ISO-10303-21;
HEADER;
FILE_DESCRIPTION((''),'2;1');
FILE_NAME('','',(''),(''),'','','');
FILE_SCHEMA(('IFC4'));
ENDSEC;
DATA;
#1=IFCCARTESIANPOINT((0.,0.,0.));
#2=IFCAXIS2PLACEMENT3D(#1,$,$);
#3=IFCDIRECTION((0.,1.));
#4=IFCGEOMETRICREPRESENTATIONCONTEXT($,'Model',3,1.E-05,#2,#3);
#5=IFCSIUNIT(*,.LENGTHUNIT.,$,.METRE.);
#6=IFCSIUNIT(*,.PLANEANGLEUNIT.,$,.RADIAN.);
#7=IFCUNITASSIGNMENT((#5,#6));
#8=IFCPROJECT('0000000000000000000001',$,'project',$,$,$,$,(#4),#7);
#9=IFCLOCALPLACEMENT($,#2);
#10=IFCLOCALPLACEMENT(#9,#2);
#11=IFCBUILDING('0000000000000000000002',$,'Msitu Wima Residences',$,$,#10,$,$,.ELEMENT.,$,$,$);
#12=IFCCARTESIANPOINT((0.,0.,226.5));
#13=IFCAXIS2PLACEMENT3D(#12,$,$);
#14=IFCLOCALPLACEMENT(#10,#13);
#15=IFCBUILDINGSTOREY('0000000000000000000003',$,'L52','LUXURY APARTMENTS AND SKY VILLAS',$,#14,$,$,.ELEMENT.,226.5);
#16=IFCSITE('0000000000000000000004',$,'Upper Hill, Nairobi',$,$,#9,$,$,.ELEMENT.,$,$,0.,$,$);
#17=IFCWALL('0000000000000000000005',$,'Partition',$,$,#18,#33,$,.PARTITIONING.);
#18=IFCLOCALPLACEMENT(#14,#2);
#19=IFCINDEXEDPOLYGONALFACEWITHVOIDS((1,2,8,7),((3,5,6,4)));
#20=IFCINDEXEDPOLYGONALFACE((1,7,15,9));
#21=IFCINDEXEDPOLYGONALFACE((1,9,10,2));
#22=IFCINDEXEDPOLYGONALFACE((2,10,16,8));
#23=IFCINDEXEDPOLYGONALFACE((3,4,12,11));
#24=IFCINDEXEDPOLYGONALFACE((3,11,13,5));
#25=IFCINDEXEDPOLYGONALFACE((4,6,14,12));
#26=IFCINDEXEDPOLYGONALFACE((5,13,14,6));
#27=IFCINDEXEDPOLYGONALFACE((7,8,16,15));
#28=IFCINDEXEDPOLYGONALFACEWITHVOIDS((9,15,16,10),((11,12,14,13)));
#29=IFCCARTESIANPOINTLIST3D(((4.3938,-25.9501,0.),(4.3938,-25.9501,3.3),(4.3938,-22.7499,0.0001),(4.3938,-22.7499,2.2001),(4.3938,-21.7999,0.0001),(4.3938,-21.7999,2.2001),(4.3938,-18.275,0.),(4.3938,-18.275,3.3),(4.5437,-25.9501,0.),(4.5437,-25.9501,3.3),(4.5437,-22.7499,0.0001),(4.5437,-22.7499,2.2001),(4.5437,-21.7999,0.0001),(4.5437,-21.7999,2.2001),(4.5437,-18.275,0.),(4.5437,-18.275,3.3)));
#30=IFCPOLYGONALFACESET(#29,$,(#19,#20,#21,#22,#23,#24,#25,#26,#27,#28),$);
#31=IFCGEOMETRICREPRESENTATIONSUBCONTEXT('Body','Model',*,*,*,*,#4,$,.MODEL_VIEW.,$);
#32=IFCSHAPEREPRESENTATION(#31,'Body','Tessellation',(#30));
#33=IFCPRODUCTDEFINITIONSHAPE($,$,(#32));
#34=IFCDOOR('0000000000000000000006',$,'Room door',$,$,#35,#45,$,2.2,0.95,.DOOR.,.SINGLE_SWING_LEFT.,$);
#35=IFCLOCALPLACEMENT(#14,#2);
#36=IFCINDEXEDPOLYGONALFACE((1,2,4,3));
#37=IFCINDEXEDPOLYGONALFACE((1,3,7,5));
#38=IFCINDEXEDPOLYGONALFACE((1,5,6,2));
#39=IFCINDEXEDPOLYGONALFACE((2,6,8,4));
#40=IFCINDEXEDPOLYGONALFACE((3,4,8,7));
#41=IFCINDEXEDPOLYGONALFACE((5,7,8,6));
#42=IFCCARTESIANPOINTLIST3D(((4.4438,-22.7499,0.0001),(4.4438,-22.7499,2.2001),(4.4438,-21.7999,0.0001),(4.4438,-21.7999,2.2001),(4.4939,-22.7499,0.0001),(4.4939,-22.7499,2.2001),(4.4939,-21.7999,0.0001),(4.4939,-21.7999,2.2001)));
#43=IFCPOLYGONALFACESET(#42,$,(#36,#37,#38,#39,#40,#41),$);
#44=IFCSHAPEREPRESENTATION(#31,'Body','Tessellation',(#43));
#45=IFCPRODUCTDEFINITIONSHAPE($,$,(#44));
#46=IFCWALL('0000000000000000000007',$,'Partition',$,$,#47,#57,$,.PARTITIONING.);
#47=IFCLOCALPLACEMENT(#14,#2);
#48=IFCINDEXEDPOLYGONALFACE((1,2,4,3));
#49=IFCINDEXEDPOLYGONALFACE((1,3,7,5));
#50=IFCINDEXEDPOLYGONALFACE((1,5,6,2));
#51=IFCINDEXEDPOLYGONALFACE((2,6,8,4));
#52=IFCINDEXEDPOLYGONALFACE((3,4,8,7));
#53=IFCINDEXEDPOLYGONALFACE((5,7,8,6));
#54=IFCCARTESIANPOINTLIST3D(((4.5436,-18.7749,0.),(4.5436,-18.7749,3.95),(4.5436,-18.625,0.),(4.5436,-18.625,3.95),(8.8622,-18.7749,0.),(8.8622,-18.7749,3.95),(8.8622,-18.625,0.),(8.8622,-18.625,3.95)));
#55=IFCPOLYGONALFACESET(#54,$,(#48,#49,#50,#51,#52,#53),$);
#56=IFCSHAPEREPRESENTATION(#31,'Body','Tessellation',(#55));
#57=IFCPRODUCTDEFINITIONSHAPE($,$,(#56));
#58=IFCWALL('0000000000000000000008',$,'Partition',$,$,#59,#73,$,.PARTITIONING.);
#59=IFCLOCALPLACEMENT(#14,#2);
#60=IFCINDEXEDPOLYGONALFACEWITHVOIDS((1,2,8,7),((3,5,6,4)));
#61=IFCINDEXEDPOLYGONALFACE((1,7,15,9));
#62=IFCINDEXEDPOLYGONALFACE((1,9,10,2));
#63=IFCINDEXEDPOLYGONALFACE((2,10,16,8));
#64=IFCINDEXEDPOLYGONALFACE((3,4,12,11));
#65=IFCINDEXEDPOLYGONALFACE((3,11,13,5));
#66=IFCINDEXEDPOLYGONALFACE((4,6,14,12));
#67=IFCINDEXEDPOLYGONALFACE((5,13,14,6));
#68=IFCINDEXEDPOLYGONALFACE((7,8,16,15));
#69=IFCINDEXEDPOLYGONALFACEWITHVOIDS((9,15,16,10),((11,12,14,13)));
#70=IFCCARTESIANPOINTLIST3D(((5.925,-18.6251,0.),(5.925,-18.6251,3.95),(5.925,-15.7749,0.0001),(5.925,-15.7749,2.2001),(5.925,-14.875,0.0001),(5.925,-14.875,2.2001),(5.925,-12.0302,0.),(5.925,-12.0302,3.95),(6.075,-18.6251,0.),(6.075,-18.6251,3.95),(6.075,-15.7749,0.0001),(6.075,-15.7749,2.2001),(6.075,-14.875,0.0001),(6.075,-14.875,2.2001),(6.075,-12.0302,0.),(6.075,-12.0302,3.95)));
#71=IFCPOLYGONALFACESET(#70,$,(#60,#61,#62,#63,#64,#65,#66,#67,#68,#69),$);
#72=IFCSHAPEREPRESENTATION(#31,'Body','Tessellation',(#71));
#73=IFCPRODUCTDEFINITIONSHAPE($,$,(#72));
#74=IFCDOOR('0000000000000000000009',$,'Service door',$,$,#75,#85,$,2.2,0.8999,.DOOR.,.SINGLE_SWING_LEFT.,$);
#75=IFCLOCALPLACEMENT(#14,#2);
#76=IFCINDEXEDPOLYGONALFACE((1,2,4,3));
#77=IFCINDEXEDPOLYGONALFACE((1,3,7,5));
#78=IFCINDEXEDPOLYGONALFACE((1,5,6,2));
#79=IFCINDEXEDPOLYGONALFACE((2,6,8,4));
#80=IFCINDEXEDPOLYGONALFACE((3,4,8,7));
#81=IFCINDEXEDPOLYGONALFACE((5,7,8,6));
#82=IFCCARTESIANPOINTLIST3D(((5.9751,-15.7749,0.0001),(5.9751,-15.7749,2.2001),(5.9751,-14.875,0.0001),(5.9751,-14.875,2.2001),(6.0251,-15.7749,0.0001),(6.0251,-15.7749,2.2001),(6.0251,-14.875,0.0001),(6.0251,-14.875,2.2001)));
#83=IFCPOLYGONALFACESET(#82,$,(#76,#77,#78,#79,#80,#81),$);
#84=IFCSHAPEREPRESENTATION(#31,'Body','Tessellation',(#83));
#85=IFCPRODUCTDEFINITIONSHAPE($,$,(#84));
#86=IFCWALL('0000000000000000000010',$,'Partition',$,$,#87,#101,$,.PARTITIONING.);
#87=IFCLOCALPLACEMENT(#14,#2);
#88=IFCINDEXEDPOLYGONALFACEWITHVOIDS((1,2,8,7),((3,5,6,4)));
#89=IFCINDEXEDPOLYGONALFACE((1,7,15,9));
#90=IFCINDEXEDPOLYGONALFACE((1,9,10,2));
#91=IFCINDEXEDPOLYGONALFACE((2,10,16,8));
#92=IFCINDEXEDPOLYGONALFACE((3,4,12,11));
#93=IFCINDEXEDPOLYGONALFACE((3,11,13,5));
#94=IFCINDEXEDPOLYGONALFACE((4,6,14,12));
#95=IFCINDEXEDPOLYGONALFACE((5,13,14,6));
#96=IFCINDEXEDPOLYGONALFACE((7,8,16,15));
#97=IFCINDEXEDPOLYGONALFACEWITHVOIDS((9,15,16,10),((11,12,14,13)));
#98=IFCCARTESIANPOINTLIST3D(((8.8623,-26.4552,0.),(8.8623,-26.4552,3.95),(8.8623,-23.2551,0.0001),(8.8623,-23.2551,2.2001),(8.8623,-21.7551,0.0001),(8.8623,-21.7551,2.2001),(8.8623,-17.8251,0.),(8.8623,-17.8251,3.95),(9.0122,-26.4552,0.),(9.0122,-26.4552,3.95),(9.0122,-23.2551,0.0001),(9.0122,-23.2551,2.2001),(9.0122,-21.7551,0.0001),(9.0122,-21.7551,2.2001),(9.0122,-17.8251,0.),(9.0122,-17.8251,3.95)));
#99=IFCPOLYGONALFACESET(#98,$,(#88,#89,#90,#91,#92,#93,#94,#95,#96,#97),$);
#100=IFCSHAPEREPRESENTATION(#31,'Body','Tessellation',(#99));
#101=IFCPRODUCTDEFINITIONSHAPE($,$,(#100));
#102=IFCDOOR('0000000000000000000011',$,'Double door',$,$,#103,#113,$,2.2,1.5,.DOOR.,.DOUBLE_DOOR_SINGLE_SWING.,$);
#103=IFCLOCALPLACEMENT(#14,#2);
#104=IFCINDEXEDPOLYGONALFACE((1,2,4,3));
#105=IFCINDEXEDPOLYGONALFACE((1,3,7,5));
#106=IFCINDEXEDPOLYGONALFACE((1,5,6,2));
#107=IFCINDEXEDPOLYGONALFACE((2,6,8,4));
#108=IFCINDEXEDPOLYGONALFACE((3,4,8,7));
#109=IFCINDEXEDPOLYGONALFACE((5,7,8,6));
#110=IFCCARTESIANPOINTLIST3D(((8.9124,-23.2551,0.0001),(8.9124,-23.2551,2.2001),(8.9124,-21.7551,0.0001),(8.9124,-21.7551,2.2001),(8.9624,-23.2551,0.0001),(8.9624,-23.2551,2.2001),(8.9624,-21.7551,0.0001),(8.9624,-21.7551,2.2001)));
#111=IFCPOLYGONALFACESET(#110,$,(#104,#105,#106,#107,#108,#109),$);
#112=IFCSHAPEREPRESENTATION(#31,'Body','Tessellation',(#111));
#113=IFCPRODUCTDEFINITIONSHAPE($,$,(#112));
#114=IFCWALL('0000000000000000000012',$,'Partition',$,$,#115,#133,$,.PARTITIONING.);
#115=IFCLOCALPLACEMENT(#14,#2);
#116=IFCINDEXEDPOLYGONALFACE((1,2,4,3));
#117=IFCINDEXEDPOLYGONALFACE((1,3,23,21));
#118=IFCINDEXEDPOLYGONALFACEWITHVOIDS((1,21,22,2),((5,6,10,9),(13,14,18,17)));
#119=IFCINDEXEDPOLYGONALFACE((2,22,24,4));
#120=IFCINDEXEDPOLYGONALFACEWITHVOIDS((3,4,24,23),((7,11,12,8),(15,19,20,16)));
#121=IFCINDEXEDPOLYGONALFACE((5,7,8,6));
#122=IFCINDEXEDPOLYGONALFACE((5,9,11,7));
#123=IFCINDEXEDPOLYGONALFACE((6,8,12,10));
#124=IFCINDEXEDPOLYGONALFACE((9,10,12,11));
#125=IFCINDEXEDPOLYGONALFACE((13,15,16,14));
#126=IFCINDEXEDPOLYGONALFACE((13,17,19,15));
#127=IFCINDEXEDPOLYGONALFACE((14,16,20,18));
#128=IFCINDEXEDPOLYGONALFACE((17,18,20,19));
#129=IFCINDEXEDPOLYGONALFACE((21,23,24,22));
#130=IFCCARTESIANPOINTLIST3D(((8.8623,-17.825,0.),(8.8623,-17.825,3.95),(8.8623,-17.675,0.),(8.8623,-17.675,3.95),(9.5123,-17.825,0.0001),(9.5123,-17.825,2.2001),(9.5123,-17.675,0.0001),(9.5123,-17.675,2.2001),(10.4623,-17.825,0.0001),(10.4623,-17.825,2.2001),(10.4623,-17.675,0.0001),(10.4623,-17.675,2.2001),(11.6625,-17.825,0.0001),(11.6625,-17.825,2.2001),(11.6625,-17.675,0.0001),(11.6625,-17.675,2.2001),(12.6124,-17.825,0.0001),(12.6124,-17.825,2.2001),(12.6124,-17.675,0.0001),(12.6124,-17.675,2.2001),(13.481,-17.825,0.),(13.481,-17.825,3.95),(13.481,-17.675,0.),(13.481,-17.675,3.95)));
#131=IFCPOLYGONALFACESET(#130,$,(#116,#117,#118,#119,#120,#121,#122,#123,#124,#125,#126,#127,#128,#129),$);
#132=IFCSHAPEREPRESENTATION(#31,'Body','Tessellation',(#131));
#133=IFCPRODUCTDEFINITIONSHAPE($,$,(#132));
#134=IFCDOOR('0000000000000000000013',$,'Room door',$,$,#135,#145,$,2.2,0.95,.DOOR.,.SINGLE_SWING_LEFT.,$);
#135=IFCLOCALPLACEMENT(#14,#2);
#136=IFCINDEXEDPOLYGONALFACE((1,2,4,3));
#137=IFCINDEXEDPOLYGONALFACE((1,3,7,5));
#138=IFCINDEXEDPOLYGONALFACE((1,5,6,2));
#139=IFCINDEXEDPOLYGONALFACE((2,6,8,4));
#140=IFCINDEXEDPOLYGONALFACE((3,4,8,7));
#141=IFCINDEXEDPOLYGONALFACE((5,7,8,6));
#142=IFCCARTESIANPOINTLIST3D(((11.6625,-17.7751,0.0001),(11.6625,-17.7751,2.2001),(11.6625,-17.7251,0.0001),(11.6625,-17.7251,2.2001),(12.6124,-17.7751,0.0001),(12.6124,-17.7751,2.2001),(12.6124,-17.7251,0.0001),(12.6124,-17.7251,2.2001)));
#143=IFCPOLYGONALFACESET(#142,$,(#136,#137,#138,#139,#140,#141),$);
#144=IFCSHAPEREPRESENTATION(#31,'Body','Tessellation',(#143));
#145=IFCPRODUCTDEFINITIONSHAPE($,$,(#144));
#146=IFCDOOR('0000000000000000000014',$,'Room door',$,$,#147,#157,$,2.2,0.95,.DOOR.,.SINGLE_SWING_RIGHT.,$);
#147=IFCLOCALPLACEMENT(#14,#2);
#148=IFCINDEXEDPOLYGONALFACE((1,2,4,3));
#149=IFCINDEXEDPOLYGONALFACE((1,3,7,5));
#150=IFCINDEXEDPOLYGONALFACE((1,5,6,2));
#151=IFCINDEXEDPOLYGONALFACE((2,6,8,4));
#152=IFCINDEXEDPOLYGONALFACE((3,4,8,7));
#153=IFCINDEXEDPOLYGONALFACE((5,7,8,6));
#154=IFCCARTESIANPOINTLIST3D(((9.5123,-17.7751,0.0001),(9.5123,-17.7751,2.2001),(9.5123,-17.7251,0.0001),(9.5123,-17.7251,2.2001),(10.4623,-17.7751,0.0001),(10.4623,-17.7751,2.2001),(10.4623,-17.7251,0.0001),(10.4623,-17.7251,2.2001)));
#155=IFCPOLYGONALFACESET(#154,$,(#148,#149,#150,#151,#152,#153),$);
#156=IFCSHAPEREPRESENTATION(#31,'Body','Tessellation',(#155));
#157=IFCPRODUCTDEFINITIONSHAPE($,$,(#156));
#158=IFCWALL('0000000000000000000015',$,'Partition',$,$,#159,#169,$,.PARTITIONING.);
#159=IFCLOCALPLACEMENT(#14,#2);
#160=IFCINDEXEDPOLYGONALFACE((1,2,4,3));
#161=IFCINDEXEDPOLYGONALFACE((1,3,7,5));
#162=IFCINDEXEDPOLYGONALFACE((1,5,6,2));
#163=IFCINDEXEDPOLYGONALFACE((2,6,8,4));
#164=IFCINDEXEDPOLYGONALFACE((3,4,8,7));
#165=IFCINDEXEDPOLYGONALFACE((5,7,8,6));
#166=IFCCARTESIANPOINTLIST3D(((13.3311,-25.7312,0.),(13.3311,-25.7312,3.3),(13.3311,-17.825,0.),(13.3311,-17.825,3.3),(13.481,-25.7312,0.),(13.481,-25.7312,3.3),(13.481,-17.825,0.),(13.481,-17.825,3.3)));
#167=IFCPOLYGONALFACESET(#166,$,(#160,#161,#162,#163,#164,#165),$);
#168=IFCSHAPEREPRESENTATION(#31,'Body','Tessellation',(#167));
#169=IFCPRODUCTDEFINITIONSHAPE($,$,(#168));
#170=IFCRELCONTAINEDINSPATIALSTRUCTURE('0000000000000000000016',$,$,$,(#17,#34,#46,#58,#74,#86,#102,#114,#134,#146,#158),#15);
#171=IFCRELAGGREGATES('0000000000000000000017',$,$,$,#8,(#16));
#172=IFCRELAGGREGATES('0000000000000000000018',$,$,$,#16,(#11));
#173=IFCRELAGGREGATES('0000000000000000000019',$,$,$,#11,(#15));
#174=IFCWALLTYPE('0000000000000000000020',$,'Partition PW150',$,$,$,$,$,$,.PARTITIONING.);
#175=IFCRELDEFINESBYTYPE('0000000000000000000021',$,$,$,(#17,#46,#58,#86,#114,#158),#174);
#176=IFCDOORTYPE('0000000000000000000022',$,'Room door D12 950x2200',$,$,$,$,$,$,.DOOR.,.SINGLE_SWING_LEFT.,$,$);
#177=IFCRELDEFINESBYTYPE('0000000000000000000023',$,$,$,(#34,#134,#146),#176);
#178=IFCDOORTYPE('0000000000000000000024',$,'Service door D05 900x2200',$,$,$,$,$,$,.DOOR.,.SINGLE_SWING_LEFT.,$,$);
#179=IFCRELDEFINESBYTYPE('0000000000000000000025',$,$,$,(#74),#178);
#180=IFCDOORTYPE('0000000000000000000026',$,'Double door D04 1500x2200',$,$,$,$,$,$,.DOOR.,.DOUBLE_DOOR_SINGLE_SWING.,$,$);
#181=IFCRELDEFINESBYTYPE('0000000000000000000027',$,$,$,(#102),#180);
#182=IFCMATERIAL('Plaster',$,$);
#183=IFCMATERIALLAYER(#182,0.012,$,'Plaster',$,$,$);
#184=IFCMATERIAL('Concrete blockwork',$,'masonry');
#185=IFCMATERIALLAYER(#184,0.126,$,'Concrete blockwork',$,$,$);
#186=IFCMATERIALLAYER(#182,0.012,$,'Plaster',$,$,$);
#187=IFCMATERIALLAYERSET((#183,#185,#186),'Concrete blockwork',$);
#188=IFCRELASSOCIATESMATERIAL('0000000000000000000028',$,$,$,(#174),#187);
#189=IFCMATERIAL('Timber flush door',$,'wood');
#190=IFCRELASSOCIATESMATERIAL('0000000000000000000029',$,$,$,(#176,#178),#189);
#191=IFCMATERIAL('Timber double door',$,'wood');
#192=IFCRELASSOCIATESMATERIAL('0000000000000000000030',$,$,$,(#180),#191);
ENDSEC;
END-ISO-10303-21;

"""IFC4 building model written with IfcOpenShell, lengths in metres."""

from ifc_helpers import new_model, si_unit, direction, frame, frame_2d, origin, place, context, subcontext, project, spatial, rectangle, extrude, material, layer, layer_set, type_object, element, fill, save


model = new_model("IFC4")

# Units and contexts
model_context = context("Model", 3, precision=1e-05, world=origin(), true_north=direction((0.0, 1.0)))
body_context = subcontext(model_context, "Body", "Model", "MODEL_VIEW")
ifc_project = project(units=[si_unit("LENGTHUNIT", "METRE"), si_unit("PLANEANGLEUNIT", "RADIAN")], contexts=[model_context])

# Site, building, storey
site_placement = place(None, origin())
site = spatial("IfcSite", under=ifc_project, at=site_placement, Name="Upper Hill, Nairobi", CompositionType="ELEMENT", RefElevation=0.0)
building_placement = place(site_placement, origin())
building = spatial("IfcBuilding", under=site, at=building_placement, Name="Msitu Wima Residences", CompositionType="ELEMENT")
storey_placement = place(building_placement, frame((0.0, 0.0, 226.5)))
storey = spatial("IfcBuildingStorey", under=building, at=storey_placement, Name="L52", Description="LUXURY APARTMENTS AND SKY VILLAS", CompositionType="ELEMENT", Elevation=226.5)

# Shared definitions
ifc_material_1 = material(Name="Plaster")
ifc_layer_1 = layer(ifc_material_1, 0.012, Name="Plaster")
ifc_material_2 = material(Name="Concrete blockwork", Category="masonry")
ifc_layer_2 = layer(ifc_material_2, 0.126, Name="Concrete blockwork")
ifc_layer_3 = layer(ifc_material_1, 0.012, Name="Plaster")
ifc_layer_set_1 = layer_set([ifc_layer_1, ifc_layer_2, ifc_layer_3], Name="Concrete blockwork")
wall_type_1 = type_object("IfcWallType", Name="Partition PW150", PredefinedType="PARTITIONING", material=ifc_layer_set_1)

# Wall, opening, door
wall_1_placement = place(storey_placement, frame((4.4688, -25.95, 0.0), z_axis=(0.0, 0.0, 1.0), x_axis=(0.0, 1.0, 0.0)))
wall_1 = element("IfcWall", 1, at=wall_1_placement, inside=storey, type_object=wall_type_1, Name="Partition", PredefinedType="PARTITIONING", context=body_context, shape_type="SweptSolid", body=[
    extrude(rectangle(XDim=7.675, YDim=0.1499, at=frame_2d((3.8374, 0.0))), origin(), (0.0, 0.0, 1.0), 3.3),
])
opening_1_placement = place(wall_1_placement, frame((3.2, 0.0, 0.0)))
opening_1 = element("IfcOpeningElement", 2, at=opening_1_placement, cuts=wall_1, PredefinedType="OPENING", context=body_context, shape_type="SweptSolid", body=[
    extrude(rectangle(XDim=0.95, YDim=2.2, at=frame_2d((0.4751, 1.1001))), frame((0.0, 0.085, 0.0), z_axis=(0.0, -1.0, 0.0), x_axis=(1.0, 0.0, 0.0)), (0.0, 0.0, 1.0), 0.1699),
])
ifc_material_3 = material(Name="Timber flush door", Category="wood")
door_type_1 = type_object("IfcDoorType", Name="Room door D12 950x2200", OperationType="SINGLE_SWING_LEFT", PredefinedType="DOOR", material=ifc_material_3)
door_1_placement = place(opening_1_placement, origin())
door_1 = element("IfcDoor", 3, at=door_1_placement, inside=storey, type_object=door_type_1, Name="Room door", OperationType="SINGLE_SWING_LEFT", OverallHeight=2.2, OverallWidth=0.95, PredefinedType="DOOR", context=body_context, shape_type="SweptSolid", body=[
    extrude(rectangle(XDim=0.95, YDim=2.2, at=frame_2d((0.4751, 1.1001))), frame((0.0, 0.0249, 0.0), z_axis=(0.0, -1.0, 0.0), x_axis=(1.0, 0.0, 0.0)), (0.0, 0.0, 1.0), 0.05),
])
fill(opening_1, door_1)

# Wall
wall_2_placement = place(storey_placement, frame((4.5437, -18.7, 0.0), z_axis=(0.0, 0.0, 1.0), x_axis=(1.0, 0.0, 0.0)))
element("IfcWall", 4, at=wall_2_placement, inside=storey, type_object=wall_type_1, Name="Partition", PredefinedType="PARTITIONING", context=body_context, shape_type="SweptSolid", body=[
    extrude(rectangle(XDim=4.3186, YDim=0.1499, at=frame_2d((2.1592, 0.0))), origin(), (0.0, 0.0, 1.0), 3.95),
])

# Walls, openings, doors
wall_3_placement = place(storey_placement, frame((6.0, -18.625, 0.0), z_axis=(0.0, 0.0, 1.0), x_axis=(0.0, 1.0, 0.0)))
wall_3 = element("IfcWall", 5, at=wall_3_placement, inside=storey, type_object=wall_type_1, Name="Partition", PredefinedType="PARTITIONING", context=body_context, shape_type="SweptSolid", body=[
    extrude(rectangle(XDim=6.595, YDim=0.1499, at=frame_2d((3.2974, 0.0))), origin(), (0.0, 0.0, 1.0), 3.95),
])
opening_2_placement = place(wall_3_placement, frame((2.8501, 0.0, 0.0)))
opening_2 = element("IfcOpeningElement", 6, at=opening_2_placement, cuts=wall_3, PredefinedType="OPENING", context=body_context, shape_type="SweptSolid", body=[
    extrude(rectangle(XDim=0.8999, YDim=2.2, at=frame_2d((0.45, 1.1001))), frame((0.0, 0.085, 0.0), z_axis=(0.0, -1.0, 0.0), x_axis=(1.0, 0.0, 0.0)), (0.0, 0.0, 1.0), 0.1699),
])
door_type_2 = type_object("IfcDoorType", Name="Service door D05 900x2200", OperationType="SINGLE_SWING_LEFT", PredefinedType="DOOR", material=ifc_material_3)
door_2_placement = place(opening_2_placement, origin())
door_2 = element("IfcDoor", 7, at=door_2_placement, inside=storey, type_object=door_type_2, Name="Service door", OperationType="SINGLE_SWING_LEFT", OverallHeight=2.2, OverallWidth=0.8999, PredefinedType="DOOR", context=body_context, shape_type="SweptSolid", body=[
    extrude(rectangle(XDim=0.8999, YDim=2.2, at=frame_2d((0.45, 1.1001))), frame((0.0, 0.0249, 0.0), z_axis=(0.0, -1.0, 0.0), x_axis=(1.0, 0.0, 0.0)), (0.0, 0.0, 1.0), 0.05),
])
fill(opening_2, door_2)
wall_4_placement = place(storey_placement, frame((8.9373, -26.4551, 0.0), z_axis=(0.0, 0.0, 1.0), x_axis=(0.0, 1.0, 0.0)))
wall_4 = element("IfcWall", 8, at=wall_4_placement, inside=storey, type_object=wall_type_1, Name="Partition", PredefinedType="PARTITIONING", context=body_context, shape_type="SweptSolid", body=[
    extrude(rectangle(XDim=8.6301, YDim=0.1499, at=frame_2d((4.3149, 0.0))), origin(), (0.0, 0.0, 1.0), 3.95),
])
opening_3_placement = place(wall_4_placement, frame((3.2, 0.0, 0.0)))
opening_3 = element("IfcOpeningElement", 9, at=opening_3_placement, cuts=wall_4, PredefinedType="OPENING", context=body_context, shape_type="SweptSolid", body=[
    extrude(rectangle(XDim=1.5, YDim=2.2, at=frame_2d((0.75, 1.1001))), frame((0.0, 0.085, 0.0), z_axis=(0.0, -1.0, 0.0), x_axis=(1.0, 0.0, 0.0)), (0.0, 0.0, 1.0), 0.1699),
])
ifc_material_4 = material(Name="Timber double door", Category="wood")
door_type_3 = type_object("IfcDoorType", Name="Double door D04 1500x2200", OperationType="DOUBLE_DOOR_SINGLE_SWING", PredefinedType="DOOR", material=ifc_material_4)
door_3_placement = place(opening_3_placement, origin())
door_3 = element("IfcDoor", 10, at=door_3_placement, inside=storey, type_object=door_type_3, Name="Double door", OperationType="DOUBLE_DOOR_SINGLE_SWING", OverallHeight=2.2, OverallWidth=1.5, PredefinedType="DOOR", context=body_context, shape_type="SweptSolid", body=[
    extrude(rectangle(XDim=1.5, YDim=2.2, at=frame_2d((0.75, 1.1001))), frame((0.0, 0.0249, 0.0), z_axis=(0.0, -1.0, 0.0), x_axis=(1.0, 0.0, 0.0)), (0.0, 0.0, 1.0), 0.05),
])
fill(opening_3, door_3)

# Wall, openings, doors
wall_5_placement = place(storey_placement, frame((8.8623, -17.75, 0.0), z_axis=(0.0, 0.0, 1.0), x_axis=(1.0, 0.0, 0.0)))
wall_5 = element("IfcWall", 11, at=wall_5_placement, inside=storey, type_object=wall_type_1, Name="Partition", PredefinedType="PARTITIONING", context=body_context, shape_type="SweptSolid", body=[
    extrude(rectangle(XDim=4.6187, YDim=0.1499, at=frame_2d((2.3093, 0.0))), origin(), (0.0, 0.0, 1.0), 3.95),
])
opening_4_placement = place(wall_5_placement, frame((2.8, 0.0, 0.0)))
opening_4 = element("IfcOpeningElement", 12, at=opening_4_placement, cuts=wall_5, PredefinedType="OPENING", context=body_context, shape_type="SweptSolid", body=[
    extrude(rectangle(XDim=0.95, YDim=2.2, at=frame_2d((0.4751, 1.1001))), frame((0.0, 0.085, 0.0), z_axis=(0.0, -1.0, 0.0), x_axis=(1.0, 0.0, 0.0)), (0.0, 0.0, 1.0), 0.1699),
])
opening_5_placement = place(wall_5_placement, frame((0.6499, 0.0, 0.0)))
opening_5 = element("IfcOpeningElement", 13, at=opening_5_placement, cuts=wall_5, PredefinedType="OPENING", context=body_context, shape_type="SweptSolid", body=[
    extrude(rectangle(XDim=0.95, YDim=2.2, at=frame_2d((0.4751, 1.1001))), frame((0.0, 0.085, 0.0), z_axis=(0.0, -1.0, 0.0), x_axis=(1.0, 0.0, 0.0)), (0.0, 0.0, 1.0), 0.1699),
])
door_4_placement = place(opening_4_placement, origin())
door_4 = element("IfcDoor", 14, at=door_4_placement, inside=storey, type_object=door_type_1, Name="Room door", OperationType="SINGLE_SWING_LEFT", OverallHeight=2.2, OverallWidth=0.95, PredefinedType="DOOR", context=body_context, shape_type="SweptSolid", body=[
    extrude(rectangle(XDim=0.95, YDim=2.2, at=frame_2d((0.4751, 1.1001))), frame((0.0, 0.0249, 0.0), z_axis=(0.0, -1.0, 0.0), x_axis=(1.0, 0.0, 0.0)), (0.0, 0.0, 1.0), 0.05),
])
fill(opening_4, door_4)
door_5_placement = place(opening_5_placement, origin())
door_5 = element("IfcDoor", 15, at=door_5_placement, inside=storey, type_object=door_type_1, Name="Room door", OperationType="SINGLE_SWING_RIGHT", OverallHeight=2.2, OverallWidth=0.95, PredefinedType="DOOR", context=body_context, shape_type="SweptSolid", body=[
    extrude(rectangle(XDim=0.95, YDim=2.2, at=frame_2d((0.4751, 1.1001))), frame((0.0, 0.0249, 0.0), z_axis=(0.0, -1.0, 0.0), x_axis=(1.0, 0.0, 0.0)), (0.0, 0.0, 1.0), 0.05),
])
fill(opening_5, door_5)

# Wall
wall_6_placement = place(storey_placement, frame((13.406, -25.7312, 0.0), z_axis=(0.0, 0.0, 1.0), x_axis=(0.0, 1.0, 0.0)))
element("IfcWall", 16, at=wall_6_placement, inside=storey, type_object=wall_type_1, Name="Partition", PredefinedType="PARTITIONING", context=body_context, shape_type="SweptSolid", body=[
    extrude(rectangle(XDim=7.9062, YDim=0.1499, at=frame_2d((3.9531, 0.0))), origin(), (0.0, 0.0, 1.0), 3.3),
])

save(model, "model.ifc")
